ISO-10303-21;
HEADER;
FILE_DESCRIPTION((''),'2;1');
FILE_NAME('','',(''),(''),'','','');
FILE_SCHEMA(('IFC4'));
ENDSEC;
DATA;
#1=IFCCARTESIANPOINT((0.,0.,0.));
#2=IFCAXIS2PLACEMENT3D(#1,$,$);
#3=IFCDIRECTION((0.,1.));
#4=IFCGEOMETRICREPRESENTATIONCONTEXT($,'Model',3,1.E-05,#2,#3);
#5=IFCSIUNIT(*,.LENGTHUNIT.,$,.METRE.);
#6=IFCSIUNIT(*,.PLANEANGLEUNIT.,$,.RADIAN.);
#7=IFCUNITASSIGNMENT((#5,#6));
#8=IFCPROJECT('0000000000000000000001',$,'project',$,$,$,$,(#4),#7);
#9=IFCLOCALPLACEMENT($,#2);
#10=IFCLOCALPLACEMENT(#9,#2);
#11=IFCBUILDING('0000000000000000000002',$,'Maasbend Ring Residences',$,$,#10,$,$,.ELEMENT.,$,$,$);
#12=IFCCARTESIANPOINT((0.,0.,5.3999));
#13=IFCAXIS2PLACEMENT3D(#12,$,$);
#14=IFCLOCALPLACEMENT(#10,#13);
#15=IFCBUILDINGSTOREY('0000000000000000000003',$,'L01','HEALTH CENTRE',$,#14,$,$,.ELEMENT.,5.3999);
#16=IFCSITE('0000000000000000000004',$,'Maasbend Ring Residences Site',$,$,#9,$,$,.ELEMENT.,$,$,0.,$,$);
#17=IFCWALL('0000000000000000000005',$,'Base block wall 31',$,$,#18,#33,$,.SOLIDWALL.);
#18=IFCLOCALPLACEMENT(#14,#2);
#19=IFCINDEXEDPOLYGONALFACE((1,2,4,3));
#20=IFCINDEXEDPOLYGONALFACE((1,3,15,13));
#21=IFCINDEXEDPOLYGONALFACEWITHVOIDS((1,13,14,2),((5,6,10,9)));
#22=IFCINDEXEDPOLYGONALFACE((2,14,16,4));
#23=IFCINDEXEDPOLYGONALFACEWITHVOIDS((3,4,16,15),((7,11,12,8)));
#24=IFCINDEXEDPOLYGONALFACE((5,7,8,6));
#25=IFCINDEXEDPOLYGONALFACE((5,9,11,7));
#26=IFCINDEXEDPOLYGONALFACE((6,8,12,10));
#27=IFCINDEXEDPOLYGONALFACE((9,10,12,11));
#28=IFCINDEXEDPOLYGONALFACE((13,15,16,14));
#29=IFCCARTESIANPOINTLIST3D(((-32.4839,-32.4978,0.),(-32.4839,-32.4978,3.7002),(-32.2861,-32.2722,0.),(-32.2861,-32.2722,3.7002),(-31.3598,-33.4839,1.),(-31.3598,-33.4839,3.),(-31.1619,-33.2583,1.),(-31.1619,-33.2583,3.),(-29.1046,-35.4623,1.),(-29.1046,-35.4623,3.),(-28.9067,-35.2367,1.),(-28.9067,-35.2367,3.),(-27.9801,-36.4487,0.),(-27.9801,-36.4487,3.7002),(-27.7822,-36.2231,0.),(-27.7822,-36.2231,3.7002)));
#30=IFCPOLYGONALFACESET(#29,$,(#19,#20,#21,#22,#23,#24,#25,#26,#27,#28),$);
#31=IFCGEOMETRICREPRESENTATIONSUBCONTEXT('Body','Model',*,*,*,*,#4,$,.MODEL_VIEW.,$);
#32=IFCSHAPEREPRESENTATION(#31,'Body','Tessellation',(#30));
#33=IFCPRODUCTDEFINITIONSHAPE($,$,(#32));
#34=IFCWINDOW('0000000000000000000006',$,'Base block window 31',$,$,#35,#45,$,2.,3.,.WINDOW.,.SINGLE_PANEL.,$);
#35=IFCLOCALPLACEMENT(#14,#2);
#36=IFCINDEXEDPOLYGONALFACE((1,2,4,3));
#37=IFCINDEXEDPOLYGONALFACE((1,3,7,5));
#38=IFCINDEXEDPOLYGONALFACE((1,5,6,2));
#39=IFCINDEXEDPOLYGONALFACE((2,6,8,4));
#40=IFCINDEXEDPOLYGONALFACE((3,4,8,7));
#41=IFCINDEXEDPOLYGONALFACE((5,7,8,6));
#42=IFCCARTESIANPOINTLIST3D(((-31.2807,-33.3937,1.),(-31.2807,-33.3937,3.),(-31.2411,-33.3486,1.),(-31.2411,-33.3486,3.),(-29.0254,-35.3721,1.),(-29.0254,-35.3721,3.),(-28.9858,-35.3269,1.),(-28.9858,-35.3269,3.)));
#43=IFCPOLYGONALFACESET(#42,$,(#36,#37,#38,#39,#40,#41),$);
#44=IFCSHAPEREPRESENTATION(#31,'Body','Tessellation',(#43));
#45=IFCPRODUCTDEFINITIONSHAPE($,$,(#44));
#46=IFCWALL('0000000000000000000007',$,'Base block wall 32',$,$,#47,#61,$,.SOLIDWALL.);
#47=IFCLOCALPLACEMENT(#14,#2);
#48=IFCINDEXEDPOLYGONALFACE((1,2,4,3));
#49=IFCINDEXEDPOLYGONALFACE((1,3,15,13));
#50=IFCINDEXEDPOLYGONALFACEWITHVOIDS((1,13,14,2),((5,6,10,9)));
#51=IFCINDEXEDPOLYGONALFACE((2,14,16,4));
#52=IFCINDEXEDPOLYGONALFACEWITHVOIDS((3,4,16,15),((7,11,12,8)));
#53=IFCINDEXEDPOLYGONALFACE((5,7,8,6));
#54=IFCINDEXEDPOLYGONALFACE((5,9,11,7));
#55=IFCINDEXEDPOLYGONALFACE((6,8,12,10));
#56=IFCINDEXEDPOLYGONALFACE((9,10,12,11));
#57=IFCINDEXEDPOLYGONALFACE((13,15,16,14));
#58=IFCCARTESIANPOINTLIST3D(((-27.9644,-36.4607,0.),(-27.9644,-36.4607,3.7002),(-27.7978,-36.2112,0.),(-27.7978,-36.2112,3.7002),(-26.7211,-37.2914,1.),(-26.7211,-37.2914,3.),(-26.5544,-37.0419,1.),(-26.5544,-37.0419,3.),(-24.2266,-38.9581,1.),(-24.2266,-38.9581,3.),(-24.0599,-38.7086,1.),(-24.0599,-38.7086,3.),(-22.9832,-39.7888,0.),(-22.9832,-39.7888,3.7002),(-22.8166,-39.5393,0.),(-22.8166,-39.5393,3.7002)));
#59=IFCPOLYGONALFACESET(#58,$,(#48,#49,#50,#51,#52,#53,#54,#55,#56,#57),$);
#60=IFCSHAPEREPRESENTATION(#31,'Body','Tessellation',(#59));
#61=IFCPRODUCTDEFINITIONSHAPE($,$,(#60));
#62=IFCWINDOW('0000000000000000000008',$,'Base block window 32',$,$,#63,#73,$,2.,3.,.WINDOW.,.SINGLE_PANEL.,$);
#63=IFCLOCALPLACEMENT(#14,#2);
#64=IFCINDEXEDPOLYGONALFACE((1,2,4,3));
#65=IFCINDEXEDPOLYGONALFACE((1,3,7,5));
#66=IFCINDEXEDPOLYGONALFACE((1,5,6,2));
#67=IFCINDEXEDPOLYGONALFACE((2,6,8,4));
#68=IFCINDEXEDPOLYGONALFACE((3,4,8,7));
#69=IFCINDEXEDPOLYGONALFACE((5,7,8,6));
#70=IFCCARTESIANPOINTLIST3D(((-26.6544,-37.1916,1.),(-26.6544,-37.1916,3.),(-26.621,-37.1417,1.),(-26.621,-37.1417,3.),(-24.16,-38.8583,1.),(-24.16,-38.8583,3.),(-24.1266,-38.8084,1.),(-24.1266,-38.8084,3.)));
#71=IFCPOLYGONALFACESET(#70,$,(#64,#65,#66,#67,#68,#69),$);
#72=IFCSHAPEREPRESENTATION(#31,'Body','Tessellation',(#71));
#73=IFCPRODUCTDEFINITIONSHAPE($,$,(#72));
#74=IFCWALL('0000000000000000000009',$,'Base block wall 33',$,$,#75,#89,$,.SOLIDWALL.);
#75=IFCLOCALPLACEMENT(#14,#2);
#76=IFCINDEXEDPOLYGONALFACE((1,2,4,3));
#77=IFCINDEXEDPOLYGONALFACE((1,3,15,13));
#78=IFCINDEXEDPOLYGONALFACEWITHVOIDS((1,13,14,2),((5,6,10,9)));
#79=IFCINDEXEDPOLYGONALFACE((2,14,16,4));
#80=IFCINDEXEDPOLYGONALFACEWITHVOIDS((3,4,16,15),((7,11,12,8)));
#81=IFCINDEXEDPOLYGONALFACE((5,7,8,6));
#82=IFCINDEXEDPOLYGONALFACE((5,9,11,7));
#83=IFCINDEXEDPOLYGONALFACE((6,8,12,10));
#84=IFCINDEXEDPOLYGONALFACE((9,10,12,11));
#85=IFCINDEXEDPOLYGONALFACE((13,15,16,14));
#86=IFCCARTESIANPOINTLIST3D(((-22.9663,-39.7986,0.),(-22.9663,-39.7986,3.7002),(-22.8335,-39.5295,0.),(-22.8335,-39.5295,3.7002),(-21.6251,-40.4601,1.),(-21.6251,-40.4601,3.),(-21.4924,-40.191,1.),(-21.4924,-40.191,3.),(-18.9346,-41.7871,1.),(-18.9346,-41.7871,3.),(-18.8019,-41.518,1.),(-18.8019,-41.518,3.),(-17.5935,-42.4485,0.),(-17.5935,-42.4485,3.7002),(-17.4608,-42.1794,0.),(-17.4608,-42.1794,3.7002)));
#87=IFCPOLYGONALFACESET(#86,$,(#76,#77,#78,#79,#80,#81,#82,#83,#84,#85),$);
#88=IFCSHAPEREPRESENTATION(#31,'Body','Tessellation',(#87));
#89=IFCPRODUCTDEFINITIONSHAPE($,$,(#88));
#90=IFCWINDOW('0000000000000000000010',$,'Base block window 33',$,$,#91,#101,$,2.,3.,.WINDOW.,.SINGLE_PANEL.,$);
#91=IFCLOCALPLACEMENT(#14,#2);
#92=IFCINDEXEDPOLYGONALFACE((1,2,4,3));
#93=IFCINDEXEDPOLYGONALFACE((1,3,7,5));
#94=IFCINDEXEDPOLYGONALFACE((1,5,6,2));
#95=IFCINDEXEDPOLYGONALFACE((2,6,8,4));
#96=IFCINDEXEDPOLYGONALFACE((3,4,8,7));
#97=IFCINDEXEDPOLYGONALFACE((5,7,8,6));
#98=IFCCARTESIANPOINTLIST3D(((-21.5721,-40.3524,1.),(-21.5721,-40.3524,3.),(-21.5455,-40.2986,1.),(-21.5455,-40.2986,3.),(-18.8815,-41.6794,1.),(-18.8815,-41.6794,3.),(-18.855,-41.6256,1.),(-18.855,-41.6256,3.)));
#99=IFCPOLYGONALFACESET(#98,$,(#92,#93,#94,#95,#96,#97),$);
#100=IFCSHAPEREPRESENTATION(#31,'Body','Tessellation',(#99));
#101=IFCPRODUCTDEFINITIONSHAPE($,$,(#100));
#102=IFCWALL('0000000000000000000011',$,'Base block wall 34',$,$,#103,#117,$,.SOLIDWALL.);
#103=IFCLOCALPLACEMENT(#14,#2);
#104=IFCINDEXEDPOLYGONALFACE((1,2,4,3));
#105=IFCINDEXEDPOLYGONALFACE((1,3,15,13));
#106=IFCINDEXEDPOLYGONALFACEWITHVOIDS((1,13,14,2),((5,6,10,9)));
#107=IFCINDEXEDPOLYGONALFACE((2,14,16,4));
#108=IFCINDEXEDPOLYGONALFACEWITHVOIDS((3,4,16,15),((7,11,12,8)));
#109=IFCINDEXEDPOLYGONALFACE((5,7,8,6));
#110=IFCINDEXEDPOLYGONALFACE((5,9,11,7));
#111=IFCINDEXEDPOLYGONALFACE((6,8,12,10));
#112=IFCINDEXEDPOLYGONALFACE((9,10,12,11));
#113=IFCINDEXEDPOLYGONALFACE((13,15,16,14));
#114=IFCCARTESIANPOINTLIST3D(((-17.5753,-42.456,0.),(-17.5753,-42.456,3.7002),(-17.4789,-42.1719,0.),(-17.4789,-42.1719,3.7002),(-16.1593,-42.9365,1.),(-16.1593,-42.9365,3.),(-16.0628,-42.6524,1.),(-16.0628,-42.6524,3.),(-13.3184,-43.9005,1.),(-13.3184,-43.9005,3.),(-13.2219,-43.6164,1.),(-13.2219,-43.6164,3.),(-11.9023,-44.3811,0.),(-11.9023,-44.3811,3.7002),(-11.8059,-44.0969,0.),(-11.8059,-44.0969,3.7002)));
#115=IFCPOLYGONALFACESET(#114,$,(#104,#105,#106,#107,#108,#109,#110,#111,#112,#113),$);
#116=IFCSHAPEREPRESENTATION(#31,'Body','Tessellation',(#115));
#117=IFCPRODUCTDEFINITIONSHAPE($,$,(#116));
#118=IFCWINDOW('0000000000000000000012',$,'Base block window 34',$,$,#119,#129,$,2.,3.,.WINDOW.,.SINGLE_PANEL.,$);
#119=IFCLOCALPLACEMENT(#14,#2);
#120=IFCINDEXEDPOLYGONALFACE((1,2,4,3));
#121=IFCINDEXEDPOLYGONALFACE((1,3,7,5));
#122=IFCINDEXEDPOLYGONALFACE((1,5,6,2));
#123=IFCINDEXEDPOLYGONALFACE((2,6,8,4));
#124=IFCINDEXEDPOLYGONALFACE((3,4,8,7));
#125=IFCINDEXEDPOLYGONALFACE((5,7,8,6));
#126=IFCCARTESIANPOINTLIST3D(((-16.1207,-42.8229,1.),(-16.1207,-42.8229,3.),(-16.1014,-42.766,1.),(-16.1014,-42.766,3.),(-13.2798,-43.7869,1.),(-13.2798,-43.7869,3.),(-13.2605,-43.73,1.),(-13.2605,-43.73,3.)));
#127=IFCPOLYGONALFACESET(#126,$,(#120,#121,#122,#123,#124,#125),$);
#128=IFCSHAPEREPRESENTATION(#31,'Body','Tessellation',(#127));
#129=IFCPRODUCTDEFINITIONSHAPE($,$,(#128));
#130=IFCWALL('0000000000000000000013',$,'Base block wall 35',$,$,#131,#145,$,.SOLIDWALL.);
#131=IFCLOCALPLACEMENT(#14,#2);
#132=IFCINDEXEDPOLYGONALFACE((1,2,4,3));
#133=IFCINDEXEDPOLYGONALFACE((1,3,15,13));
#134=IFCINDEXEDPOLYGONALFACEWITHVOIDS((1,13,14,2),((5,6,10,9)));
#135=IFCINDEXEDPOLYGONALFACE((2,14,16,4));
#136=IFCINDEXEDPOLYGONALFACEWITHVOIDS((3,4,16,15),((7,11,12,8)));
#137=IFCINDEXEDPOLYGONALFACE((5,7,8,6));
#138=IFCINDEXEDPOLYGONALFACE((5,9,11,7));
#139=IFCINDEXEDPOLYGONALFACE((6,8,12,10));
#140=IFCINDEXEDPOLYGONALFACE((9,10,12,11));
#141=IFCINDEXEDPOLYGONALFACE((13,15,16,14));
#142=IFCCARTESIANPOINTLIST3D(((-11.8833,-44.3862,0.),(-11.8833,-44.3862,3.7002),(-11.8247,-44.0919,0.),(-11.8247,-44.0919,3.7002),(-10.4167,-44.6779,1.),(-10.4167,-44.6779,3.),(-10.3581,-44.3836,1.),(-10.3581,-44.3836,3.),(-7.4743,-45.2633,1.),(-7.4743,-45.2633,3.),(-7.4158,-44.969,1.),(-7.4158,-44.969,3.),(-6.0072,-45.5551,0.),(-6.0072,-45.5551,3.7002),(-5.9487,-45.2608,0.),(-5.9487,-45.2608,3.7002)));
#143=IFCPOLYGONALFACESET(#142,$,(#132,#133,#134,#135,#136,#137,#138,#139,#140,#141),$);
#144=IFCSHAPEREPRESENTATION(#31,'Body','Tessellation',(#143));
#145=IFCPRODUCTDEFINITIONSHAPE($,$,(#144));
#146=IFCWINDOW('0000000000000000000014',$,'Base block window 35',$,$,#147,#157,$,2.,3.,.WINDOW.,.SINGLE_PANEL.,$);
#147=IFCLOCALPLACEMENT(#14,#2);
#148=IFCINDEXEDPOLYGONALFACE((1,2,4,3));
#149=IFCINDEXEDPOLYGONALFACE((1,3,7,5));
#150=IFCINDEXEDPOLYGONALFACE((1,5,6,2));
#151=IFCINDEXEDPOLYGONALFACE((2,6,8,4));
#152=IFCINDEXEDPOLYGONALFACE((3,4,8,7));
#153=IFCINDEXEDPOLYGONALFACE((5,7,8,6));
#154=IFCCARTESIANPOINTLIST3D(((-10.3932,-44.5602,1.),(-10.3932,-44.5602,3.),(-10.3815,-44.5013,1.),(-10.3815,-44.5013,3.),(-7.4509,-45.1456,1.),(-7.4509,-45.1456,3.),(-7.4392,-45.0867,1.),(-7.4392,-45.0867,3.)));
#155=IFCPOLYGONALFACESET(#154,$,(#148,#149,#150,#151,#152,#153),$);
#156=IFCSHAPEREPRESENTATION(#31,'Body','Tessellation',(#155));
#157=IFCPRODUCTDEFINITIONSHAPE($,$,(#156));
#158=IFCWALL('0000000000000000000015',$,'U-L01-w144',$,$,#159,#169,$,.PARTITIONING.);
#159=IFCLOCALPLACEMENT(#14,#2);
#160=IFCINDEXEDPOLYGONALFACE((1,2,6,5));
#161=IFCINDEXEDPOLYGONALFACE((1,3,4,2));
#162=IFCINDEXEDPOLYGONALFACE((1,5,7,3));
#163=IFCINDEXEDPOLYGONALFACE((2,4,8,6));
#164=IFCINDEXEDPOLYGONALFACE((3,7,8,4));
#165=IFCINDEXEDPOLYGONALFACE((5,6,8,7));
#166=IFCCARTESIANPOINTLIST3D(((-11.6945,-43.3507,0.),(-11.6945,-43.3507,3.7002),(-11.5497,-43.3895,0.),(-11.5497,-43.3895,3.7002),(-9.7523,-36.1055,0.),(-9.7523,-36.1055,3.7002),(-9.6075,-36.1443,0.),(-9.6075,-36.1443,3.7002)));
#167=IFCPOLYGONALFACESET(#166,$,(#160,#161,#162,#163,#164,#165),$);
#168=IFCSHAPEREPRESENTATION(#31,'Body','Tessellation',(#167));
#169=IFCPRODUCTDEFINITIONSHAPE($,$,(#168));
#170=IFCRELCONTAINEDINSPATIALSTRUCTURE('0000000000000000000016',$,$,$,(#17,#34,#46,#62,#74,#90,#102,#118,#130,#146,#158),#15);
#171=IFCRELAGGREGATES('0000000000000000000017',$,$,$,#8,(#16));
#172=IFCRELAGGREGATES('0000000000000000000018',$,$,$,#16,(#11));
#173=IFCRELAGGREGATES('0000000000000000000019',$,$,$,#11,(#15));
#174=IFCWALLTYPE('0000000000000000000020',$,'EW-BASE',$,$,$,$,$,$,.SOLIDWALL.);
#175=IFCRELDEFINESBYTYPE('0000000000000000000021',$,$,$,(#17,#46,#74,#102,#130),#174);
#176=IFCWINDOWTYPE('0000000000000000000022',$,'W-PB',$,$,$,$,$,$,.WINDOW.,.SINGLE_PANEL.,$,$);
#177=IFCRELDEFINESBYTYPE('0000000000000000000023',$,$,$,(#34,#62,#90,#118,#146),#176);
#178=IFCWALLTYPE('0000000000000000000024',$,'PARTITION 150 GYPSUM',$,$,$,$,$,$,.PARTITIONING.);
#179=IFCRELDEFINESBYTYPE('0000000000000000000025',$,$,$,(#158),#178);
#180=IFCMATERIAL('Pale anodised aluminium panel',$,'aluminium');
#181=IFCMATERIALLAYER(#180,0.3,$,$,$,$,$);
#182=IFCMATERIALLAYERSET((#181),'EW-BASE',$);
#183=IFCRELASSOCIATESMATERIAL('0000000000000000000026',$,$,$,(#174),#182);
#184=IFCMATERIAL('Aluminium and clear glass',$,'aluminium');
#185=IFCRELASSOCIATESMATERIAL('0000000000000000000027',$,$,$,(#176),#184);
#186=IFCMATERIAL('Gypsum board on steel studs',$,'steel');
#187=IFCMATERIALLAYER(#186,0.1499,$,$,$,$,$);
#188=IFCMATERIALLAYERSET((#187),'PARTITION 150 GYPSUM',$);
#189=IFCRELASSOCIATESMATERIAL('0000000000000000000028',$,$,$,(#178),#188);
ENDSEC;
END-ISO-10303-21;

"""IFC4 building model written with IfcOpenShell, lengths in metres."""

from ifc_helpers import new_model, si_unit, direction, frame, frame_2d, origin, place, context, subcontext, project, spatial, rectangle, extrude, material, layer, layer_set, type_object, element, fill, save


model = new_model("IFC4")

# Units and contexts
model_context = context("Model", 3, precision=1e-05, world=origin(), true_north=direction((0.0, 1.0)))
body_context = subcontext(model_context, "Body", "Model", "MODEL_VIEW")
ifc_project = project(units=[si_unit("LENGTHUNIT", "METRE"), si_unit("PLANEANGLEUNIT", "RADIAN")], contexts=[model_context])

# Site, building, storey
site_placement = place(None, origin())
site = spatial("IfcSite", under=ifc_project, at=site_placement, Name="Maasbend Ring Residences Site", CompositionType="ELEMENT", RefElevation=0.0)
building_placement = place(site_placement, origin())
building = spatial("IfcBuilding", under=site, at=building_placement, Name="Maasbend Ring Residences", CompositionType="ELEMENT")
storey_placement = place(building_placement, frame((0.0, 0.0, 5.3999)))
storey = spatial("IfcBuildingStorey", under=building, at=storey_placement, Name="L01", Description="HEALTH CENTRE", CompositionType="ELEMENT", Elevation=5.3999)

# Walls, openings, windows
ifc_material_1 = material(Name="Pale anodised aluminium panel", Category="aluminium")
ifc_layer_1 = layer(ifc_material_1, 0.3)
ifc_layer_set_1 = layer_set([ifc_layer_1], Name="EW-BASE")
wall_type_1 = type_object("IfcWallType", Name="EW-BASE", PredefinedType="SOLIDWALL", material=ifc_layer_set_1)
wall_1_placement = place(storey_placement, frame((-32.385, -32.385, 0.0), z_axis=(0.0, 0.0, 1.0), x_axis=(0.751748, -0.65945, 0.0)))
wall_1 = element("IfcWall", 1, at=wall_1_placement, inside=storey, type_object=wall_type_1, Name="Base block wall 31", PredefinedType="SOLIDWALL", context=body_context, shape_type="SweptSolid", body=[
    extrude(rectangle(XDim=5.9912, YDim=0.3, at=frame_2d((2.9956, 0.0))), origin(), (0.0, 0.0, 1.0), 3.7002),
])
opening_1_placement = place(wall_1_placement, frame((1.4954, 0.0, 1.0)))
opening_1 = element("IfcOpeningElement", 2, at=opening_1_placement, cuts=wall_1, PredefinedType="OPENING", context=body_context, shape_type="SweptSolid", body=[
    extrude(rectangle(XDim=3.0, YDim=2.0, at=frame_2d((1.5, 1.0))), frame((0.0, 0.1602, 0.0), z_axis=(0.0, -1.0, 0.0), x_axis=(1.0, 0.0, 0.0)), (0.0, 0.0, 1.0), 0.3201),
])
ifc_material_2 = material(Name="Aluminium and clear glass", Category="aluminium")
window_type = type_object("IfcWindowType", Name="W-PB", PartitioningType="SINGLE_PANEL", PredefinedType="WINDOW", material=ifc_material_2)
window_1_placement = place(opening_1_placement, origin())
window_1 = element("IfcWindow", 3, at=window_1_placement, inside=storey, type_object=window_type, Name="Base block window 31", OverallHeight=2.0, OverallWidth=3.0, PartitioningType="SINGLE_PANEL", PredefinedType="WINDOW", context=body_context, shape_type="SweptSolid", body=[
    extrude(rectangle(XDim=3.0, YDim=2.0, at=frame_2d((1.5, 1.0))), frame((0.0, 0.03, 0.0), z_axis=(0.0, -1.0, 0.0), x_axis=(1.0, 0.0, 0.0)), (0.0, 0.0, 1.0), 0.0601),
])
fill(opening_1, window_1)
wall_2_placement = place(storey_placement, frame((-27.8811, -36.3359, 0.0), z_axis=(0.0, 0.0, 1.0), x_axis=(0.831486, -0.555546, 0.0)))
wall_2 = element("IfcWall", 4, at=wall_2_placement, inside=storey, type_object=wall_type_1, Name="Base block wall 32", PredefinedType="SOLIDWALL", context=body_context, shape_type="SweptSolid", body=[
    extrude(rectangle(XDim=5.9907, YDim=0.3, at=frame_2d((2.9954, 0.0))), origin(), (0.0, 0.0, 1.0), 3.7002),
])
opening_2_placement = place(wall_2_placement, frame((1.4954, 0.0, 1.0)))
opening_2 = element("IfcOpeningElement", 5, at=opening_2_placement, cuts=wall_2, PredefinedType="OPENING", context=body_context, shape_type="SweptSolid", body=[
    extrude(rectangle(XDim=3.0, YDim=2.0, at=frame_2d((1.5, 1.0))), frame((0.0, 0.1602, 0.0), z_axis=(0.0, -1.0, 0.0), x_axis=(1.0, 0.0, 0.0)), (0.0, 0.0, 1.0), 0.3201),
])
window_2_placement = place(opening_2_placement, origin())
window_2 = element("IfcWindow", 6, at=window_2_placement, inside=storey, type_object=window_type, Name="Base block window 32", OverallHeight=2.0, OverallWidth=3.0, PartitioningType="SINGLE_PANEL", PredefinedType="WINDOW", context=body_context, shape_type="SweptSolid", body=[
    extrude(rectangle(XDim=3.0, YDim=2.0, at=frame_2d((1.5, 1.0))), frame((0.0, 0.03, 0.0), z_axis=(0.0, -1.0, 0.0), x_axis=(1.0, 0.0, 0.0)), (0.0, 0.0, 1.0), 0.0601),
])
fill(opening_2, window_2)
wall_3_placement = place(storey_placement, frame((-22.8999, -39.6641, 0.0), z_axis=(0.0, 0.0, 1.0), x_axis=(0.896851, -0.442333, 0.0)))
wall_3 = element("IfcWall", 7, at=wall_3_placement, inside=storey, type_object=wall_type_1, Name="Base block wall 33", PredefinedType="SOLIDWALL", context=body_context, shape_type="SweptSolid", body=[
    extrude(rectangle(XDim=5.9907, YDim=0.3, at=frame_2d((2.9954, 0.0))), origin(), (0.0, 0.0, 1.0), 3.7002),
])
opening_3_placement = place(wall_3_placement, frame((1.4954, 0.0, 1.0)))
opening_3 = element("IfcOpeningElement", 8, at=opening_3_placement, cuts=wall_3, PredefinedType="OPENING", context=body_context, shape_type="SweptSolid", body=[
    extrude(rectangle(XDim=3.0, YDim=2.0, at=frame_2d((1.5, 1.0))), frame((0.0, 0.1602, 0.0), z_axis=(0.0, -1.0, 0.0), x_axis=(1.0, 0.0, 0.0)), (0.0, 0.0, 1.0), 0.3201),
])
window_3_placement = place(opening_3_placement, origin())
window_3 = element("IfcWindow", 9, at=window_3_placement, inside=storey, type_object=window_type, Name="Base block window 33", OverallHeight=2.0, OverallWidth=3.0, PartitioningType="SINGLE_PANEL", PredefinedType="WINDOW", context=body_context, shape_type="SweptSolid", body=[
    extrude(rectangle(XDim=3.0, YDim=2.0, at=frame_2d((1.5, 1.0))), frame((0.0, 0.03, 0.0), z_axis=(0.0, -1.0, 0.0), x_axis=(1.0, 0.0, 0.0)), (0.0, 0.0, 1.0), 0.0601),
])
fill(opening_3, window_3)
wall_4_placement = place(storey_placement, frame((-17.5271, -42.314, 0.0), z_axis=(0.0, 0.0, 1.0), x_axis=(0.946966, -0.321334, 0.0)))
wall_4 = element("IfcWall", 10, at=wall_4_placement, inside=storey, type_object=wall_type_1, Name="Base block wall 34", PredefinedType="SOLIDWALL", context=body_context, shape_type="SweptSolid", body=[
    extrude(rectangle(XDim=5.9907, YDim=0.3, at=frame_2d((2.9954, 0.0))), origin(), (0.0, 0.0, 1.0), 3.7002),
])
opening_4_placement = place(wall_4_placement, frame((1.4954, 0.0, 1.0)))
opening_4 = element("IfcOpeningElement", 11, at=opening_4_placement, cuts=wall_4, PredefinedType="OPENING", context=body_context, shape_type="SweptSolid", body=[
    extrude(rectangle(XDim=3.0, YDim=2.0, at=frame_2d((1.5, 1.0))), frame((0.0, 0.1602, 0.0), z_axis=(0.0, -1.0, 0.0), x_axis=(1.0, 0.0, 0.0)), (0.0, 0.0, 1.0), 0.3201),
])
window_4_placement = place(opening_4_placement, origin())
window_4 = element("IfcWindow", 12, at=window_4_placement, inside=storey, type_object=window_type, Name="Base block window 34", OverallHeight=2.0, OverallWidth=3.0, PartitioningType="SINGLE_PANEL", PredefinedType="WINDOW", context=body_context, shape_type="SweptSolid", body=[
    extrude(rectangle(XDim=3.0, YDim=2.0, at=frame_2d((1.5, 1.0))), frame((0.0, 0.03, 0.0), z_axis=(0.0, -1.0, 0.0), x_axis=(1.0, 0.0, 0.0)), (0.0, 0.0, 1.0), 0.0601),
])
fill(opening_4, window_4)
wall_5_placement = place(storey_placement, frame((-11.854, -44.239, 0.0), z_axis=(0.0, 0.0, 1.0), x_axis=(0.980781, -0.195113, 0.0)))
wall_5 = element("IfcWall", 13, at=wall_5_placement, inside=storey, type_object=wall_type_1, Name="Base block wall 35", PredefinedType="SOLIDWALL", context=body_context, shape_type="SweptSolid", body=[
    extrude(rectangle(XDim=5.9912, YDim=0.3, at=frame_2d((2.9956, 0.0))), origin(), (0.0, 0.0, 1.0), 3.7002),
])
opening_5_placement = place(wall_5_placement, frame((1.4954, 0.0, 1.0)))
opening_5 = element("IfcOpeningElement", 14, at=opening_5_placement, cuts=wall_5, PredefinedType="OPENING", context=body_context, shape_type="SweptSolid", body=[
    extrude(rectangle(XDim=3.0, YDim=2.0, at=frame_2d((1.5, 1.0))), frame((0.0, 0.1602, 0.0), z_axis=(0.0, -1.0, 0.0), x_axis=(1.0, 0.0, 0.0)), (0.0, 0.0, 1.0), 0.3201),
])
window_5_placement = place(opening_5_placement, origin())
window_5 = element("IfcWindow", 15, at=window_5_placement, inside=storey, type_object=window_type, Name="Base block window 35", OverallHeight=2.0, OverallWidth=3.0, PartitioningType="SINGLE_PANEL", PredefinedType="WINDOW", context=body_context, shape_type="SweptSolid", body=[
    extrude(rectangle(XDim=3.0, YDim=2.0, at=frame_2d((1.5, 1.0))), frame((0.0, 0.03, 0.0), z_axis=(0.0, -1.0, 0.0), x_axis=(1.0, 0.0, 0.0)), (0.0, 0.0, 1.0), 0.0601),
])
fill(opening_5, window_5)

# Wall
ifc_material_3 = material(Name="Gypsum board on steel studs", Category="steel")
ifc_layer_2 = layer(ifc_material_3, 0.1499)
ifc_layer_set_2 = layer_set([ifc_layer_2], Name="PARTITION 150 GYPSUM")
wall_type_2 = type_object("IfcWallType", Name="PARTITION 150 GYPSUM", PredefinedType="PARTITIONING", material=ifc_layer_set_2)
wall_6_placement = place(storey_placement, frame((-11.6221, -43.3701, 0.0), z_axis=(0.0, 0.0, 1.0), x_axis=(0.25892, 0.965899, 0.0)))
element("IfcWall", 16, at=wall_6_placement, inside=storey, type_object=wall_type_2, Name="U-L01-w144", PredefinedType="PARTITIONING", context=body_context, shape_type="SweptSolid", body=[
    extrude(rectangle(XDim=7.501, YDim=0.1499, at=frame_2d((3.7505, 0.0))), origin(), (0.0, 0.0, 1.0), 3.7002),
])

save(model, "model.ifc")
